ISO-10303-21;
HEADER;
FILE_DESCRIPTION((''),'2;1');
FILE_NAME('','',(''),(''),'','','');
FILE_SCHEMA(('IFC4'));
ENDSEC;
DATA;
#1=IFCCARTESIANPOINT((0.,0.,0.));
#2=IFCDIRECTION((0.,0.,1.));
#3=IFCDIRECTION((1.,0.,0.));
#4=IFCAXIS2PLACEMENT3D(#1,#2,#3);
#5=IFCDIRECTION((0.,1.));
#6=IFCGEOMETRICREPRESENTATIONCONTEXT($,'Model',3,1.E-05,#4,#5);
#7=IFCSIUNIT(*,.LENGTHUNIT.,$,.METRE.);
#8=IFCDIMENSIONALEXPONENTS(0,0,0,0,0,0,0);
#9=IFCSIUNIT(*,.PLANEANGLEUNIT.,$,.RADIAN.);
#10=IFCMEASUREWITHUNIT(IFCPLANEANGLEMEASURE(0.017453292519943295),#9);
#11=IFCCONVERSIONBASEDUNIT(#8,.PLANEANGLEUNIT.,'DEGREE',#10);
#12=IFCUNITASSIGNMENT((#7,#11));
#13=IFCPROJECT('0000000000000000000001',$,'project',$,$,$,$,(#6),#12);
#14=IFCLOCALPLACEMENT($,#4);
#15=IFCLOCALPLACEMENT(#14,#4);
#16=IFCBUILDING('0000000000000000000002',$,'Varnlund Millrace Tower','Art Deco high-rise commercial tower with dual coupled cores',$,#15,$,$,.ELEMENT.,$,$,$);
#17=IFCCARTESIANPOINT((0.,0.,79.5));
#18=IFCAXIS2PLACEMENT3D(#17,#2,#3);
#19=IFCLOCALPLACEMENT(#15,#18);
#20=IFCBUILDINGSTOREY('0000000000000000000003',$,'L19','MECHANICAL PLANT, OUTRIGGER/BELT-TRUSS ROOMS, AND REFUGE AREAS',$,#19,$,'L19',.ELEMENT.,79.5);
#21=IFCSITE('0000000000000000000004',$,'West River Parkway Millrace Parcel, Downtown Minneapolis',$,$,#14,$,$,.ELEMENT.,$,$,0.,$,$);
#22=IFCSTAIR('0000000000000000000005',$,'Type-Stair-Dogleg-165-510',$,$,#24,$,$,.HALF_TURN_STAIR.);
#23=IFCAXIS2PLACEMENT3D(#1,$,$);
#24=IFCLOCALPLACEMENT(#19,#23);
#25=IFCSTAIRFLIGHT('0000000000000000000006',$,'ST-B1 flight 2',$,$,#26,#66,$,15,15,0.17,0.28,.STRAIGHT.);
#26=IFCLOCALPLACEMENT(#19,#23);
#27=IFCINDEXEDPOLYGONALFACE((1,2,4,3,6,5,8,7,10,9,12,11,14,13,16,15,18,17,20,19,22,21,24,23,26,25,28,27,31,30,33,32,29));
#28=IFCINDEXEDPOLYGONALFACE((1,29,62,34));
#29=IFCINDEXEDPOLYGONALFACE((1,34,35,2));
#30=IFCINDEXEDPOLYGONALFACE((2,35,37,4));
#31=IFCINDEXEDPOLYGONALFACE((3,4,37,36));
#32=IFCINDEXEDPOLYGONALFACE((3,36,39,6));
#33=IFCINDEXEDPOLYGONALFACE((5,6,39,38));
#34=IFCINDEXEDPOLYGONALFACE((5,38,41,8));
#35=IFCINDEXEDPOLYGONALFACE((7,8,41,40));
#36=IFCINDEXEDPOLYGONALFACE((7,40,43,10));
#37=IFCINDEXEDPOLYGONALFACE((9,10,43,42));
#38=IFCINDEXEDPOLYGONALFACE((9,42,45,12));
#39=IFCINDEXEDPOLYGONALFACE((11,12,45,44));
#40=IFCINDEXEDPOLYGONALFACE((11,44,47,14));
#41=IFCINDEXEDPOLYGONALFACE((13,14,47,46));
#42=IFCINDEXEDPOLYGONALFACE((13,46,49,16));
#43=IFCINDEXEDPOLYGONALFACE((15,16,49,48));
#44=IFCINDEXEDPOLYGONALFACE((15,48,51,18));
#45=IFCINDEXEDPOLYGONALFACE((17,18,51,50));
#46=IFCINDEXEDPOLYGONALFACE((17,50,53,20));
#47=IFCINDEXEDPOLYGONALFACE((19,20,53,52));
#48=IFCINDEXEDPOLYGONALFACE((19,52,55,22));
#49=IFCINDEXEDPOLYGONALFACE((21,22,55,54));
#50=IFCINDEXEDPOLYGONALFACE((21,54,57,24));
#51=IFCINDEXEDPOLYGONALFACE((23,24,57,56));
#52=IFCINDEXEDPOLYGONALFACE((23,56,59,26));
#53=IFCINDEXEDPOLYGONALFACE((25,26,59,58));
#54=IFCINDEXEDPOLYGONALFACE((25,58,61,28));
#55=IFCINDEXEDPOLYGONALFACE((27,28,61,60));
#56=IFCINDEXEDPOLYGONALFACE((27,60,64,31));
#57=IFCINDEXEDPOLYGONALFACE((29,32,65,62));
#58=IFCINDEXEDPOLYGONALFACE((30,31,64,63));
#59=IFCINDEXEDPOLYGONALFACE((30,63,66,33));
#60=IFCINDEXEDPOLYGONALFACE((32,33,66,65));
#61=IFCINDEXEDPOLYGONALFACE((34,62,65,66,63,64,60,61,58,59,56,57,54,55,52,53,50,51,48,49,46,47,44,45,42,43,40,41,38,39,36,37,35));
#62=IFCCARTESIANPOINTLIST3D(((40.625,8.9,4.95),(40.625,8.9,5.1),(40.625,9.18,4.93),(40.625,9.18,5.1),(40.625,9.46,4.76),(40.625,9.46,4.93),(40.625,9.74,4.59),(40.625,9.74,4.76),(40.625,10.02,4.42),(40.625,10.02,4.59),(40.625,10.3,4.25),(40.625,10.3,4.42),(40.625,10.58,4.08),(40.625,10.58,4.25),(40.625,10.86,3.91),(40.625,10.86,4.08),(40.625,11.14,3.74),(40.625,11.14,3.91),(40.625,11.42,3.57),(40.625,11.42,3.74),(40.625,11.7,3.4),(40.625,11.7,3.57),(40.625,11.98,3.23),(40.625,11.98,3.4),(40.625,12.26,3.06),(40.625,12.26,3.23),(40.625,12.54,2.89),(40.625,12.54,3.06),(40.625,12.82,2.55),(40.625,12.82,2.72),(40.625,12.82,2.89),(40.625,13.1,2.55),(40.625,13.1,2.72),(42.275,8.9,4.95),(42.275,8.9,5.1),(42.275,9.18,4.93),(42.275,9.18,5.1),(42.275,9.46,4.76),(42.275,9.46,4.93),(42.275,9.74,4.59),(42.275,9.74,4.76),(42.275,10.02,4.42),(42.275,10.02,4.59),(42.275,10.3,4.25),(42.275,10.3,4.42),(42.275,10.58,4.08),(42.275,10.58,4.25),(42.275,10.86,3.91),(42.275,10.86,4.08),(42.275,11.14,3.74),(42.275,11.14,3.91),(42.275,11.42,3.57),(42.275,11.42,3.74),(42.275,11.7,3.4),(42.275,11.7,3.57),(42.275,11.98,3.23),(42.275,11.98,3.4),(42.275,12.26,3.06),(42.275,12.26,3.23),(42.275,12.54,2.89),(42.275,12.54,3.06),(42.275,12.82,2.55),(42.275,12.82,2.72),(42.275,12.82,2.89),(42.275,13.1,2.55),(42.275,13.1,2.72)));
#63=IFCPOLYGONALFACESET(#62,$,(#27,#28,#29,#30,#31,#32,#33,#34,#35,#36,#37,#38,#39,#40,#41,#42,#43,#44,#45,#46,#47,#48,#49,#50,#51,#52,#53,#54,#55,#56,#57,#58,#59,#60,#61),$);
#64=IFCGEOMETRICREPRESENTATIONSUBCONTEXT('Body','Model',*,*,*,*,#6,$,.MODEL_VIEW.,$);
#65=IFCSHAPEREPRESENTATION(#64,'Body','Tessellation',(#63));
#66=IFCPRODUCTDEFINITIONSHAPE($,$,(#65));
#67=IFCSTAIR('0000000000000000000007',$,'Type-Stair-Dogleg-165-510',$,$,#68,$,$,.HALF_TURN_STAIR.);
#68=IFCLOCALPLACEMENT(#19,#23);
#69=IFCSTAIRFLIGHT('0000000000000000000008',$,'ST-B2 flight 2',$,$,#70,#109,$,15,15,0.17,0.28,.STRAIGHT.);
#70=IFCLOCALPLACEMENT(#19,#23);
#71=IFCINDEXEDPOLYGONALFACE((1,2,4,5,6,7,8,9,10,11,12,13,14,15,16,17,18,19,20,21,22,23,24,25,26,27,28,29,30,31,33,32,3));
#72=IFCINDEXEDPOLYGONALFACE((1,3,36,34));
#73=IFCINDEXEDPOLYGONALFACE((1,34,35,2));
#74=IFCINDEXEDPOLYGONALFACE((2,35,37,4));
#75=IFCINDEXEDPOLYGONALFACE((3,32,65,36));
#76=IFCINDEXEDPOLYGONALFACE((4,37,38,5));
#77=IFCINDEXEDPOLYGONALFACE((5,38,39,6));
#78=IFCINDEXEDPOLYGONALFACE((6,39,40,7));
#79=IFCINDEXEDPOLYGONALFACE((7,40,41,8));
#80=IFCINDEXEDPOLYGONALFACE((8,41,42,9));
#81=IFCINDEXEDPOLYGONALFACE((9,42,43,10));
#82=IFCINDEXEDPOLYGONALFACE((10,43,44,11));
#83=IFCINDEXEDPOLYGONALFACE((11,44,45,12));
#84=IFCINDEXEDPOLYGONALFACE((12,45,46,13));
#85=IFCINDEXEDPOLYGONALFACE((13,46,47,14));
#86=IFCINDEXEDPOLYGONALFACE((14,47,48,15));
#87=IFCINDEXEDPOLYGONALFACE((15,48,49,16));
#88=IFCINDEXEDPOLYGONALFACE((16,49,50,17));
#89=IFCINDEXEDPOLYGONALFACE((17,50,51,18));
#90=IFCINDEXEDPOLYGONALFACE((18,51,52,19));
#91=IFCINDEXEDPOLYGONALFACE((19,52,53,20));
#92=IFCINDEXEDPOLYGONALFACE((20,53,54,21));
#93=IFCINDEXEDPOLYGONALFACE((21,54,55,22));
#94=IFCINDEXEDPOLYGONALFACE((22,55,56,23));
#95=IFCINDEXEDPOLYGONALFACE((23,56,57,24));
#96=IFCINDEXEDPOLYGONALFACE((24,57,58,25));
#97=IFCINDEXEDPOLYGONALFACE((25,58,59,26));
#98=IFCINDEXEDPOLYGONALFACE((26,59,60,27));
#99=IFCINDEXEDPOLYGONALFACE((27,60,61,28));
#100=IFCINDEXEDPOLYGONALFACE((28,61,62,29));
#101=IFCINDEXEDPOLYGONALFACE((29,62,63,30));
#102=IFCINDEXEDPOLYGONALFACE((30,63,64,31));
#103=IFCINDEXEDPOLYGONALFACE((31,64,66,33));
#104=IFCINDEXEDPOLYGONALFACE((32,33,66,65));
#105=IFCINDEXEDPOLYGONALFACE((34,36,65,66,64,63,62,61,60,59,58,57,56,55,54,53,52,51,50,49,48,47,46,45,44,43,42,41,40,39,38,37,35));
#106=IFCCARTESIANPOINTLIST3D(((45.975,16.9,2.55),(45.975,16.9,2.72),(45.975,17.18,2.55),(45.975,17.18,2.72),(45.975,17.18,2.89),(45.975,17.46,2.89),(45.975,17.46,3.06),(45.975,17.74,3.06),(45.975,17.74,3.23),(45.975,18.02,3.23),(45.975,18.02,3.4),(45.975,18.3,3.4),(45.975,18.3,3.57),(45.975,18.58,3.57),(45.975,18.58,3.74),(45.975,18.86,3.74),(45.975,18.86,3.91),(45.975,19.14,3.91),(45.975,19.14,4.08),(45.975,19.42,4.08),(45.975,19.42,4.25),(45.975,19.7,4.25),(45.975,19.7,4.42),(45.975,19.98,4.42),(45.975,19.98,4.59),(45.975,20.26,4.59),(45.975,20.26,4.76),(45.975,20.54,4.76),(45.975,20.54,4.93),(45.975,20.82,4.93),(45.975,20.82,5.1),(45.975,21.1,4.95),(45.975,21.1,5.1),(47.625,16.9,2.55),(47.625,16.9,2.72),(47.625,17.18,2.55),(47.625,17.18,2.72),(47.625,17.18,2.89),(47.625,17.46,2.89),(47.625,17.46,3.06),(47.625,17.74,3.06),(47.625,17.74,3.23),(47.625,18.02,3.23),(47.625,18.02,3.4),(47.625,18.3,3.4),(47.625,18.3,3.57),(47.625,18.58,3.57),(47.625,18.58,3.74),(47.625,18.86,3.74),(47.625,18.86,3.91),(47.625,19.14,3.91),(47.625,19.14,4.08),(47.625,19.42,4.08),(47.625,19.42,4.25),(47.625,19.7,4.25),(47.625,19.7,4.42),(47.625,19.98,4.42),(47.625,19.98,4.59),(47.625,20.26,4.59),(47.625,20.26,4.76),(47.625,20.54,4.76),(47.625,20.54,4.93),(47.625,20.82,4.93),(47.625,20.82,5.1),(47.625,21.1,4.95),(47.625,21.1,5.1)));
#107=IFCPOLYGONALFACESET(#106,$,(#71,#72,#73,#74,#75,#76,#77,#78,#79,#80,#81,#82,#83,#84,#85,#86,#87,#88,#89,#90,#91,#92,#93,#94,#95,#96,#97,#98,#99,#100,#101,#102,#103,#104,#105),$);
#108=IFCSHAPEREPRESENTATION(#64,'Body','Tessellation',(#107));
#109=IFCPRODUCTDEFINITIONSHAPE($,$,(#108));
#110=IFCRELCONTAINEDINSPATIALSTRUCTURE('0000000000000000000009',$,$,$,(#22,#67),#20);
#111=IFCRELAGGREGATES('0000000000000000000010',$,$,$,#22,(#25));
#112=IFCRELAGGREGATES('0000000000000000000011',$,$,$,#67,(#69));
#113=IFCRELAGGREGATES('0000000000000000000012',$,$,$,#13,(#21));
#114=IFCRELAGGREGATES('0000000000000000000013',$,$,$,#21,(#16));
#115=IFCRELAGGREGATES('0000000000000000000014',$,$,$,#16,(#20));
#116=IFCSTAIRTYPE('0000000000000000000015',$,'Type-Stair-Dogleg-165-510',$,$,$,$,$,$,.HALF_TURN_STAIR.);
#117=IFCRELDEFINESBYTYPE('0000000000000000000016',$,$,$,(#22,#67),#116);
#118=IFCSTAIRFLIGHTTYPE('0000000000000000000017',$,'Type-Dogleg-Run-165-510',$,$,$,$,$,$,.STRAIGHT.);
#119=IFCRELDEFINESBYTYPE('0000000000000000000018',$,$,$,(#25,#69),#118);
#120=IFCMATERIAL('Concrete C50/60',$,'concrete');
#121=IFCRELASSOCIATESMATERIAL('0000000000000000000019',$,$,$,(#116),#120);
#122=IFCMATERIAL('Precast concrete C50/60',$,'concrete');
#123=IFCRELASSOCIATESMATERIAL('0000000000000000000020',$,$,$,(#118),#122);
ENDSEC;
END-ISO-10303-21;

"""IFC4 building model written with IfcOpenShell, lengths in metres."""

from ifc_helpers import new_model, entity, si_unit, converted_unit, direction, frame, origin_with_axes, place, context, subcontext, project, spatial, polyline, outline, extrude, material, type_object, element, aggregate, save


model = new_model("IFC4")

# Units and contexts
model_context = context("Model", 3, precision=1e-05, world=origin_with_axes(), true_north=direction((0.0, 1.0)))
body_context = subcontext(model_context, "Body", "Model", "MODEL_VIEW")
ifc_project = project(units=[si_unit("LENGTHUNIT", "METRE"), converted_unit("PLANEANGLEUNIT", "DEGREE", entity("IfcPlaneAngleMeasure", 0.017453292519943295), si_unit("PLANEANGLEUNIT", "RADIAN"), dimensions=[0, 0, 0, 0, 0, 0, 0])], contexts=[model_context])

# Site, building, storey
site_placement = place(None, origin_with_axes())
site = spatial("IfcSite", under=ifc_project, at=site_placement, Name="West River Parkway Millrace Parcel, Downtown Minneapolis", CompositionType="ELEMENT", RefElevation=0.0)
building_placement = place(site_placement, origin_with_axes())
building = spatial("IfcBuilding", under=site, at=building_placement, Name="Varnlund Millrace Tower", Description="Art Deco high-rise commercial tower with dual coupled cores", CompositionType="ELEMENT")
storey_placement = place(building_placement, frame((0.0, 0.0, 79.5), z_axis=(0.0, 0.0, 1.0), x_axis=(1.0, 0.0, 0.0)))
storey = spatial("IfcBuildingStorey", under=building, at=storey_placement, Name="L19", Description="MECHANICAL PLANT, OUTRIGGER/BELT-TRUSS ROOMS, AND REFUGE AREAS", LongName="L19", CompositionType="ELEMENT", Elevation=79.5)

# Stairs, stair flights
ifc_material_1 = material(Name="Concrete C50/60", Category="concrete")
stair_type = type_object("IfcStairType", Name="Type-Stair-Dogleg-165-510", PredefinedType="HALF_TURN_STAIR", material=ifc_material_1)
stair_1_placement = place(storey_placement, origin_with_axes())
stair_1 = element("IfcStair", 1, at=stair_1_placement, inside=storey, type_object=stair_type, Name="Type-Stair-Dogleg-165-510", PredefinedType="HALF_TURN_STAIR")
ifc_material_2 = material(Name="Precast concrete C50/60", Category="concrete")
stair_flight_type = type_object("IfcStairFlightType", Name="Type-Dogleg-Run-165-510", PredefinedType="STRAIGHT", material=ifc_material_2)
stair_flight_1_placement = place(storey_placement, frame((42.275, 13.1, 2.55), z_axis=(-1.0, 0.0, 0.0), x_axis=(0.0, -1.0, 0.0)))
stair_flight_1 = element("IfcStairFlight", 2, at=stair_flight_1_placement, type_object=stair_flight_type, Name="ST-B1 flight 2", NumberOfRisers=15, NumberOfTreads=15, PredefinedType="STRAIGHT", RiserHeight=0.17, TreadLength=0.28, context=body_context, shape_type="SweptSolid", body=[
    extrude(outline(polyline([(0.0, 0.0), (0.0, 0.17), (0.28, 0.17), (0.28, 0.34), (0.56, 0.34), (0.56, 0.51), (0.84, 0.51), (0.84, 0.68), (1.12, 0.68), (1.12, 0.85), (1.4, 0.85), (1.4, 1.02), (1.68, 1.02), (1.68, 1.19), (1.96, 1.19), (1.96, 1.36), (2.24, 1.36), (2.24, 1.53), (2.52, 1.53), (2.52, 1.7), (2.8, 1.7), (2.8, 1.87), (3.08, 1.87), (3.08, 2.04), (3.36, 2.04), (3.36, 2.21), (3.64, 2.21), (3.64, 2.38), (3.92, 2.38), (3.92, 2.55), (4.2, 2.55), (4.2, 2.4), (0.28, 0.0), (0.0, 0.0)])), origin_with_axes(), (0.0, 0.0, 1.0), 1.65),
])
aggregate(stair_1, [stair_flight_1])
stair_2_placement = place(storey_placement, origin_with_axes())
stair_2 = element("IfcStair", 3, at=stair_2_placement, inside=storey, type_object=stair_type, Name="Type-Stair-Dogleg-165-510", PredefinedType="HALF_TURN_STAIR")
stair_flight_2_placement = place(storey_placement, frame((45.975, 16.9, 2.55), z_axis=(1.0, 0.0, 0.0), x_axis=(0.0, 1.0, 0.0)))
stair_flight_2 = element("IfcStairFlight", 4, at=stair_flight_2_placement, type_object=stair_flight_type, Name="ST-B2 flight 2", NumberOfRisers=15, NumberOfTreads=15, PredefinedType="STRAIGHT", RiserHeight=0.17, TreadLength=0.28, context=body_context, shape_type="SweptSolid", body=[
    extrude(outline(polyline([(0.0, 0.0), (0.0, 0.17), (0.28, 0.17), (0.28, 0.34), (0.56, 0.34), (0.56, 0.51), (0.84, 0.51), (0.84, 0.68), (1.12, 0.68), (1.12, 0.85), (1.4, 0.85), (1.4, 1.02), (1.68, 1.02), (1.68, 1.19), (1.96, 1.19), (1.96, 1.36), (2.24, 1.36), (2.24, 1.53), (2.52, 1.53), (2.52, 1.7), (2.8, 1.7), (2.8, 1.87), (3.08, 1.87), (3.08, 2.04), (3.36, 2.04), (3.36, 2.21), (3.64, 2.21), (3.64, 2.38), (3.92, 2.38), (3.92, 2.55), (4.2, 2.55), (4.2, 2.4), (0.28, 0.0), (0.0, 0.0)])), origin_with_axes(), (0.0, 0.0, 1.0), 1.65),
])
aggregate(stair_2, [stair_flight_2])

save(model, "model.ifc")
